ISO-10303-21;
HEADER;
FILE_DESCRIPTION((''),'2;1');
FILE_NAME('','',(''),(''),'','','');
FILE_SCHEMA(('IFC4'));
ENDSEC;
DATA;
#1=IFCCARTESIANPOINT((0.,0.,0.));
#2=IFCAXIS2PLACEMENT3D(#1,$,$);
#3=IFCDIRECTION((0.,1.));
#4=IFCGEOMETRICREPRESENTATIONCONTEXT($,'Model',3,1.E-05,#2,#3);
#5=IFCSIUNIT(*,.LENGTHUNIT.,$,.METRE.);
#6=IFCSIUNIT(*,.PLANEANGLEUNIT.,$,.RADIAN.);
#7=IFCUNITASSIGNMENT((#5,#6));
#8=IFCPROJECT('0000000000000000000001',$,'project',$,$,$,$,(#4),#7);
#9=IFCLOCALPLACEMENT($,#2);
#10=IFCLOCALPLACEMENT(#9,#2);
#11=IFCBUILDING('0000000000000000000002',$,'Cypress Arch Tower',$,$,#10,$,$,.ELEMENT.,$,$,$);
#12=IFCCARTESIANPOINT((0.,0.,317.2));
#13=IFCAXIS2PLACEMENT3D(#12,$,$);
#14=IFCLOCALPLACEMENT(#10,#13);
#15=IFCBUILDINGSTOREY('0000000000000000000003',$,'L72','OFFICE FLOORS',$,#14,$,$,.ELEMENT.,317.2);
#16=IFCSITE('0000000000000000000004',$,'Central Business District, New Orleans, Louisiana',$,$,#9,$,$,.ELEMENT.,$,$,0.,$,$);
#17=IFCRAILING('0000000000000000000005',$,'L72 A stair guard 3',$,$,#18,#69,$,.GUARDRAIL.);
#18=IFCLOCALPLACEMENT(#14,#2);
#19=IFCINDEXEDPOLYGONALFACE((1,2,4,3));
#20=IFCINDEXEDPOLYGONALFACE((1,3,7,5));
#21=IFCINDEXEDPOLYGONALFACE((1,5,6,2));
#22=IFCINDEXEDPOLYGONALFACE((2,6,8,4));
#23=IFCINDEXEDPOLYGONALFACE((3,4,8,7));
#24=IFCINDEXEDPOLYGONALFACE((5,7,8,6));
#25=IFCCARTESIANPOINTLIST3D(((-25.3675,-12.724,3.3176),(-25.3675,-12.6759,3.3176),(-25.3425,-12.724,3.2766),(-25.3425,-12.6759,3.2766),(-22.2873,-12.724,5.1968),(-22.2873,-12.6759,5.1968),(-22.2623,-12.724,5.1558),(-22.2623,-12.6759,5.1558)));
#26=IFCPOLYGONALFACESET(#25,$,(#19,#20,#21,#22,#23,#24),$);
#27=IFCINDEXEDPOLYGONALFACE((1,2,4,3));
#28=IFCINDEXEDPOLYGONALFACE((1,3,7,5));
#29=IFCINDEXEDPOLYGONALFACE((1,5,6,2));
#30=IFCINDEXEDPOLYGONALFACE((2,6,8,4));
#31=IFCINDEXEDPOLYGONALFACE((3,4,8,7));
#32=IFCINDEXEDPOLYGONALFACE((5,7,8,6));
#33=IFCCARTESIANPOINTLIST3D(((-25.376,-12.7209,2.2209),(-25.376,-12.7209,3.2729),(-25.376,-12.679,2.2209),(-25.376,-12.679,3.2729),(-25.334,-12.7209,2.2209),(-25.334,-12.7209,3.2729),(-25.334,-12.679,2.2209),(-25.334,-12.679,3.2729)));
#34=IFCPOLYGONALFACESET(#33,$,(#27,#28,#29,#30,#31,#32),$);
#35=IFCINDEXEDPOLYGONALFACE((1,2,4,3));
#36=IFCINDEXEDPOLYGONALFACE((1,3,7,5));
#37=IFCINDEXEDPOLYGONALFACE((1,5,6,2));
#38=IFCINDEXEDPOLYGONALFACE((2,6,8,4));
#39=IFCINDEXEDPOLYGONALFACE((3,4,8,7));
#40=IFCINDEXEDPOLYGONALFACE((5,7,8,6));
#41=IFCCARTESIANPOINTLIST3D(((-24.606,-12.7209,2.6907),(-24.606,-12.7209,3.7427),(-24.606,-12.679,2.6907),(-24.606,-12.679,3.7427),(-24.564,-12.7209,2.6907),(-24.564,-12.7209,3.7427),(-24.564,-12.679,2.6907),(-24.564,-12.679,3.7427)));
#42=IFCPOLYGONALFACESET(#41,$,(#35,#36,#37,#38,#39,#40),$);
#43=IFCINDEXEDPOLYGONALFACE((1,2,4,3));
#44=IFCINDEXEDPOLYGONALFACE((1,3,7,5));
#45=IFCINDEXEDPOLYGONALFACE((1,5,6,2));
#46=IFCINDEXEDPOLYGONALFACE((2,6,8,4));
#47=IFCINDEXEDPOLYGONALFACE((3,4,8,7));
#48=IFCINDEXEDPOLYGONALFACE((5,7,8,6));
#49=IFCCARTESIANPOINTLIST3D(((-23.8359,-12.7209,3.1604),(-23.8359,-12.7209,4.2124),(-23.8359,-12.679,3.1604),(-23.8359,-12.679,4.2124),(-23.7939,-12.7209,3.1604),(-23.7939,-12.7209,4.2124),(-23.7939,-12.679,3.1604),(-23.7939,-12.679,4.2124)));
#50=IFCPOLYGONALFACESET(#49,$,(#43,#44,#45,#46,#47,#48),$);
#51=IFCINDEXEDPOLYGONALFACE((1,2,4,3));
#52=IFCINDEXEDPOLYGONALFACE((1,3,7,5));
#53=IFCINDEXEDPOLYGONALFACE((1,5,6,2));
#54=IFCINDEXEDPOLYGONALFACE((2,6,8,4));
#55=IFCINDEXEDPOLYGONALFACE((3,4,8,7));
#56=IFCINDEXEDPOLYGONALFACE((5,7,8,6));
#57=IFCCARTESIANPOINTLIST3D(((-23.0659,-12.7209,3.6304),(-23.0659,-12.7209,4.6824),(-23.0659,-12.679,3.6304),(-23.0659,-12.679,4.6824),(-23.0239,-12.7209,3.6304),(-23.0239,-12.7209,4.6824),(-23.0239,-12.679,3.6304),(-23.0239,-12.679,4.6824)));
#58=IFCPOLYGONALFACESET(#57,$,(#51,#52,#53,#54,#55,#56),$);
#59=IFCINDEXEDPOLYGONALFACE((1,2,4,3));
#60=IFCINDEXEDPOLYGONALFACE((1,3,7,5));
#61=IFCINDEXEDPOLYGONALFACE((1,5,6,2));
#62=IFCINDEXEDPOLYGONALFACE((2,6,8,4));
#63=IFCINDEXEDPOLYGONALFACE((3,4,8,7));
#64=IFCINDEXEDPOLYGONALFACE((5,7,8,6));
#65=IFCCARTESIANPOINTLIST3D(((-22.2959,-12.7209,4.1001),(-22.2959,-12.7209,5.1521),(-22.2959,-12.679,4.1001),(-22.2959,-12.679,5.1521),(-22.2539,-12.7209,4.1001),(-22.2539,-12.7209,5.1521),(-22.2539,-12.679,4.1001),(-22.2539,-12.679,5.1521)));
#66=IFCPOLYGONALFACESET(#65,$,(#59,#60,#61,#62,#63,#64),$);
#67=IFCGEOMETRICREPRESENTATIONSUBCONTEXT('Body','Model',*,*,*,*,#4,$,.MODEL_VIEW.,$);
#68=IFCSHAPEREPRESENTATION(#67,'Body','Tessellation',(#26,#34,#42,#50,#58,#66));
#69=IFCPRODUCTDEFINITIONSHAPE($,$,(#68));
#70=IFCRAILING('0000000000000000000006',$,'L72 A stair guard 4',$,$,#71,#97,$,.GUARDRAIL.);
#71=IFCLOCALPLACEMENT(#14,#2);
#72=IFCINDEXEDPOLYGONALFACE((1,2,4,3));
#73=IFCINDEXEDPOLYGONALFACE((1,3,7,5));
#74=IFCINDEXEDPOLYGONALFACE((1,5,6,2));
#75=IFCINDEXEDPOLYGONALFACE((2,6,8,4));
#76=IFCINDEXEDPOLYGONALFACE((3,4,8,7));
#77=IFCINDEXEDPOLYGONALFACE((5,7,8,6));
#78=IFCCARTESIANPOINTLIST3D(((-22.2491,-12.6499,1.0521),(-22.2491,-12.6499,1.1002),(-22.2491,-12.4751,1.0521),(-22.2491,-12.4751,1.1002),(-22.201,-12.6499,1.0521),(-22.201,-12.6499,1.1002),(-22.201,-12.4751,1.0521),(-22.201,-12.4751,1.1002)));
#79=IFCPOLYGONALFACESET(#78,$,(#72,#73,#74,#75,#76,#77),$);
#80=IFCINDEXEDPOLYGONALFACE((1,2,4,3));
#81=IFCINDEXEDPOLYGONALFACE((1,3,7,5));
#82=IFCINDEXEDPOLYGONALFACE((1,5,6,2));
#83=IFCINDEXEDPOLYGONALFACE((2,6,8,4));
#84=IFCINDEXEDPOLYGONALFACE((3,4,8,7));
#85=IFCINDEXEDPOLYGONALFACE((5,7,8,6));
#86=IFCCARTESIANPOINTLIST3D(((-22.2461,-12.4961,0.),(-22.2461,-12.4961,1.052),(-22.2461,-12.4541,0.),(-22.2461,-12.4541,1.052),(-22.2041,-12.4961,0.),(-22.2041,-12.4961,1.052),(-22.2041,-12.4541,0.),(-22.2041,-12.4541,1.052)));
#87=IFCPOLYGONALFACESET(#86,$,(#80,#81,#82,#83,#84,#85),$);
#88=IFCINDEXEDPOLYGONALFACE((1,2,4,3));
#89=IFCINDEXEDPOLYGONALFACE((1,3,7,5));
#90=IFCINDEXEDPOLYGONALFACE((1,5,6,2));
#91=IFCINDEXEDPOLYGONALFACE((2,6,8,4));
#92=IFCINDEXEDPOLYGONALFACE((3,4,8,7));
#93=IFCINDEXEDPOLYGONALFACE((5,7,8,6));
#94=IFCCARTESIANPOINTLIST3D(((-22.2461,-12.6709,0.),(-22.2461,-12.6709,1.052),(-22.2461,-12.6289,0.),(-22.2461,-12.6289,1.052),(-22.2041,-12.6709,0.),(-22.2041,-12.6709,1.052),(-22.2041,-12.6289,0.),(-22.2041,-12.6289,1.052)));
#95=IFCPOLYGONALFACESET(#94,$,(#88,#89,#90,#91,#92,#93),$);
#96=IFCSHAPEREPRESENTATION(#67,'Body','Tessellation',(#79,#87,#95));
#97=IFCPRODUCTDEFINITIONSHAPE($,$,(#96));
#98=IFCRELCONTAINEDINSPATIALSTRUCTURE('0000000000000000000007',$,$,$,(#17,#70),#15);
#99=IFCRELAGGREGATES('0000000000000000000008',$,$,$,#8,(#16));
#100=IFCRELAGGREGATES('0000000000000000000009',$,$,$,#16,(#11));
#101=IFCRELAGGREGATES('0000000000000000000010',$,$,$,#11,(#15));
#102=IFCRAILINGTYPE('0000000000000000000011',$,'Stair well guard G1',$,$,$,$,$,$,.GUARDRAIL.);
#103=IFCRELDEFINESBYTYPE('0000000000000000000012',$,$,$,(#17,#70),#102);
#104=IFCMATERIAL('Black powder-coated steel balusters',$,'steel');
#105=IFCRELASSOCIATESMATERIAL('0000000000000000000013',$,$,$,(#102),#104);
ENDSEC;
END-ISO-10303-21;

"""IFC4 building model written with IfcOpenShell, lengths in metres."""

from ifc_helpers import new_model, si_unit, direction, frame, origin, origin_2d, place, context, subcontext, project, spatial, rectangle, extrude, material, type_object, element, save


model = new_model("IFC4")

# Units and contexts
model_context = context("Model", 3, precision=1e-05, world=origin(), true_north=direction((0.0, 1.0)))
body_context = subcontext(model_context, "Body", "Model", "MODEL_VIEW")
ifc_project = project(units=[si_unit("LENGTHUNIT", "METRE"), si_unit("PLANEANGLEUNIT", "RADIAN")], contexts=[model_context])

# Site, building, storey
site_placement = place(None, origin())
site = spatial("IfcSite", under=ifc_project, at=site_placement, Name="Central Business District, New Orleans, Louisiana", CompositionType="ELEMENT", RefElevation=0.0)
building_placement = place(site_placement, origin())
building = spatial("IfcBuilding", under=site, at=building_placement, Name="Cypress Arch Tower", CompositionType="ELEMENT")
storey_placement = place(building_placement, frame((0.0, 0.0, 317.2)))
storey = spatial("IfcBuildingStorey", under=building, at=storey_placement, Name="L72", Description="OFFICE FLOORS", CompositionType="ELEMENT", Elevation=317.2)

# Railings
ifc_material_1 = material(Name="Black powder-coated steel balusters", Category="steel")
railing_type_1 = type_object("IfcRailingType", Name="Stair well guard G1", PredefinedType="GUARDRAIL", material=ifc_material_1)
railing_1_placement = place(storey_placement, frame((-25.355, -12.7, 2.2209)))
element("IfcRailing", 1, at=railing_1_placement, inside=storey, type_object=railing_type_1, Name="L72 A stair guard 3", PredefinedType="GUARDRAIL", context=body_context, shape_type="SweptSolid", body=[
    extrude(rectangle(XDim=0.0481, YDim=0.0481, at=origin_2d()), frame((0.0, 0.0, 1.0762), z_axis=(0.853666, 0.0, 0.52082), x_axis=(0.0, 1.0, 0.0)), (0.0, 0.0, 1.0), 3.6082),
    extrude(rectangle(XDim=0.042, YDim=0.042, at=origin_2d()), origin(), (0.0, 0.0, 1.0), 1.052),
    extrude(rectangle(XDim=0.042, YDim=0.042, at=origin_2d()), frame((0.77, 0.0, 0.4697)), (0.0, 0.0, 1.0), 1.052),
    extrude(rectangle(XDim=0.042, YDim=0.042, at=origin_2d()), frame((1.54, 0.0, 0.9395)), (0.0, 0.0, 1.0), 1.052),
    extrude(rectangle(XDim=0.042, YDim=0.042, at=origin_2d()), frame((2.3101, 0.0, 1.4094)), (0.0, 0.0, 1.0), 1.052),
    extrude(rectangle(XDim=0.042, YDim=0.042, at=origin_2d()), frame((3.0801, 0.0, 1.8792)), (0.0, 0.0, 1.0), 1.052),
])
railing_2_placement = place(storey_placement, frame((-22.2251, -12.4751, 0.0)))
element("IfcRailing", 2, at=railing_2_placement, inside=storey, type_object=railing_type_1, Name="L72 A stair guard 4", PredefinedType="GUARDRAIL", context=body_context, shape_type="SweptSolid", body=[
    extrude(rectangle(XDim=0.0481, YDim=0.0481, at=origin_2d()), frame((0.0, 0.0, 1.0762), z_axis=(0.0, -1.0, 0.0), x_axis=(1.0, 0.0, 0.0)), (0.0, 0.0, 1.0), 0.1748),
    extrude(rectangle(XDim=0.042, YDim=0.042, at=origin_2d()), origin(), (0.0, 0.0, 1.0), 1.052),
    extrude(rectangle(XDim=0.042, YDim=0.042, at=origin_2d()), frame((0.0, -0.1748, 0.0)), (0.0, 0.0, 1.0), 1.052),
])

save(model, "model.ifc")
